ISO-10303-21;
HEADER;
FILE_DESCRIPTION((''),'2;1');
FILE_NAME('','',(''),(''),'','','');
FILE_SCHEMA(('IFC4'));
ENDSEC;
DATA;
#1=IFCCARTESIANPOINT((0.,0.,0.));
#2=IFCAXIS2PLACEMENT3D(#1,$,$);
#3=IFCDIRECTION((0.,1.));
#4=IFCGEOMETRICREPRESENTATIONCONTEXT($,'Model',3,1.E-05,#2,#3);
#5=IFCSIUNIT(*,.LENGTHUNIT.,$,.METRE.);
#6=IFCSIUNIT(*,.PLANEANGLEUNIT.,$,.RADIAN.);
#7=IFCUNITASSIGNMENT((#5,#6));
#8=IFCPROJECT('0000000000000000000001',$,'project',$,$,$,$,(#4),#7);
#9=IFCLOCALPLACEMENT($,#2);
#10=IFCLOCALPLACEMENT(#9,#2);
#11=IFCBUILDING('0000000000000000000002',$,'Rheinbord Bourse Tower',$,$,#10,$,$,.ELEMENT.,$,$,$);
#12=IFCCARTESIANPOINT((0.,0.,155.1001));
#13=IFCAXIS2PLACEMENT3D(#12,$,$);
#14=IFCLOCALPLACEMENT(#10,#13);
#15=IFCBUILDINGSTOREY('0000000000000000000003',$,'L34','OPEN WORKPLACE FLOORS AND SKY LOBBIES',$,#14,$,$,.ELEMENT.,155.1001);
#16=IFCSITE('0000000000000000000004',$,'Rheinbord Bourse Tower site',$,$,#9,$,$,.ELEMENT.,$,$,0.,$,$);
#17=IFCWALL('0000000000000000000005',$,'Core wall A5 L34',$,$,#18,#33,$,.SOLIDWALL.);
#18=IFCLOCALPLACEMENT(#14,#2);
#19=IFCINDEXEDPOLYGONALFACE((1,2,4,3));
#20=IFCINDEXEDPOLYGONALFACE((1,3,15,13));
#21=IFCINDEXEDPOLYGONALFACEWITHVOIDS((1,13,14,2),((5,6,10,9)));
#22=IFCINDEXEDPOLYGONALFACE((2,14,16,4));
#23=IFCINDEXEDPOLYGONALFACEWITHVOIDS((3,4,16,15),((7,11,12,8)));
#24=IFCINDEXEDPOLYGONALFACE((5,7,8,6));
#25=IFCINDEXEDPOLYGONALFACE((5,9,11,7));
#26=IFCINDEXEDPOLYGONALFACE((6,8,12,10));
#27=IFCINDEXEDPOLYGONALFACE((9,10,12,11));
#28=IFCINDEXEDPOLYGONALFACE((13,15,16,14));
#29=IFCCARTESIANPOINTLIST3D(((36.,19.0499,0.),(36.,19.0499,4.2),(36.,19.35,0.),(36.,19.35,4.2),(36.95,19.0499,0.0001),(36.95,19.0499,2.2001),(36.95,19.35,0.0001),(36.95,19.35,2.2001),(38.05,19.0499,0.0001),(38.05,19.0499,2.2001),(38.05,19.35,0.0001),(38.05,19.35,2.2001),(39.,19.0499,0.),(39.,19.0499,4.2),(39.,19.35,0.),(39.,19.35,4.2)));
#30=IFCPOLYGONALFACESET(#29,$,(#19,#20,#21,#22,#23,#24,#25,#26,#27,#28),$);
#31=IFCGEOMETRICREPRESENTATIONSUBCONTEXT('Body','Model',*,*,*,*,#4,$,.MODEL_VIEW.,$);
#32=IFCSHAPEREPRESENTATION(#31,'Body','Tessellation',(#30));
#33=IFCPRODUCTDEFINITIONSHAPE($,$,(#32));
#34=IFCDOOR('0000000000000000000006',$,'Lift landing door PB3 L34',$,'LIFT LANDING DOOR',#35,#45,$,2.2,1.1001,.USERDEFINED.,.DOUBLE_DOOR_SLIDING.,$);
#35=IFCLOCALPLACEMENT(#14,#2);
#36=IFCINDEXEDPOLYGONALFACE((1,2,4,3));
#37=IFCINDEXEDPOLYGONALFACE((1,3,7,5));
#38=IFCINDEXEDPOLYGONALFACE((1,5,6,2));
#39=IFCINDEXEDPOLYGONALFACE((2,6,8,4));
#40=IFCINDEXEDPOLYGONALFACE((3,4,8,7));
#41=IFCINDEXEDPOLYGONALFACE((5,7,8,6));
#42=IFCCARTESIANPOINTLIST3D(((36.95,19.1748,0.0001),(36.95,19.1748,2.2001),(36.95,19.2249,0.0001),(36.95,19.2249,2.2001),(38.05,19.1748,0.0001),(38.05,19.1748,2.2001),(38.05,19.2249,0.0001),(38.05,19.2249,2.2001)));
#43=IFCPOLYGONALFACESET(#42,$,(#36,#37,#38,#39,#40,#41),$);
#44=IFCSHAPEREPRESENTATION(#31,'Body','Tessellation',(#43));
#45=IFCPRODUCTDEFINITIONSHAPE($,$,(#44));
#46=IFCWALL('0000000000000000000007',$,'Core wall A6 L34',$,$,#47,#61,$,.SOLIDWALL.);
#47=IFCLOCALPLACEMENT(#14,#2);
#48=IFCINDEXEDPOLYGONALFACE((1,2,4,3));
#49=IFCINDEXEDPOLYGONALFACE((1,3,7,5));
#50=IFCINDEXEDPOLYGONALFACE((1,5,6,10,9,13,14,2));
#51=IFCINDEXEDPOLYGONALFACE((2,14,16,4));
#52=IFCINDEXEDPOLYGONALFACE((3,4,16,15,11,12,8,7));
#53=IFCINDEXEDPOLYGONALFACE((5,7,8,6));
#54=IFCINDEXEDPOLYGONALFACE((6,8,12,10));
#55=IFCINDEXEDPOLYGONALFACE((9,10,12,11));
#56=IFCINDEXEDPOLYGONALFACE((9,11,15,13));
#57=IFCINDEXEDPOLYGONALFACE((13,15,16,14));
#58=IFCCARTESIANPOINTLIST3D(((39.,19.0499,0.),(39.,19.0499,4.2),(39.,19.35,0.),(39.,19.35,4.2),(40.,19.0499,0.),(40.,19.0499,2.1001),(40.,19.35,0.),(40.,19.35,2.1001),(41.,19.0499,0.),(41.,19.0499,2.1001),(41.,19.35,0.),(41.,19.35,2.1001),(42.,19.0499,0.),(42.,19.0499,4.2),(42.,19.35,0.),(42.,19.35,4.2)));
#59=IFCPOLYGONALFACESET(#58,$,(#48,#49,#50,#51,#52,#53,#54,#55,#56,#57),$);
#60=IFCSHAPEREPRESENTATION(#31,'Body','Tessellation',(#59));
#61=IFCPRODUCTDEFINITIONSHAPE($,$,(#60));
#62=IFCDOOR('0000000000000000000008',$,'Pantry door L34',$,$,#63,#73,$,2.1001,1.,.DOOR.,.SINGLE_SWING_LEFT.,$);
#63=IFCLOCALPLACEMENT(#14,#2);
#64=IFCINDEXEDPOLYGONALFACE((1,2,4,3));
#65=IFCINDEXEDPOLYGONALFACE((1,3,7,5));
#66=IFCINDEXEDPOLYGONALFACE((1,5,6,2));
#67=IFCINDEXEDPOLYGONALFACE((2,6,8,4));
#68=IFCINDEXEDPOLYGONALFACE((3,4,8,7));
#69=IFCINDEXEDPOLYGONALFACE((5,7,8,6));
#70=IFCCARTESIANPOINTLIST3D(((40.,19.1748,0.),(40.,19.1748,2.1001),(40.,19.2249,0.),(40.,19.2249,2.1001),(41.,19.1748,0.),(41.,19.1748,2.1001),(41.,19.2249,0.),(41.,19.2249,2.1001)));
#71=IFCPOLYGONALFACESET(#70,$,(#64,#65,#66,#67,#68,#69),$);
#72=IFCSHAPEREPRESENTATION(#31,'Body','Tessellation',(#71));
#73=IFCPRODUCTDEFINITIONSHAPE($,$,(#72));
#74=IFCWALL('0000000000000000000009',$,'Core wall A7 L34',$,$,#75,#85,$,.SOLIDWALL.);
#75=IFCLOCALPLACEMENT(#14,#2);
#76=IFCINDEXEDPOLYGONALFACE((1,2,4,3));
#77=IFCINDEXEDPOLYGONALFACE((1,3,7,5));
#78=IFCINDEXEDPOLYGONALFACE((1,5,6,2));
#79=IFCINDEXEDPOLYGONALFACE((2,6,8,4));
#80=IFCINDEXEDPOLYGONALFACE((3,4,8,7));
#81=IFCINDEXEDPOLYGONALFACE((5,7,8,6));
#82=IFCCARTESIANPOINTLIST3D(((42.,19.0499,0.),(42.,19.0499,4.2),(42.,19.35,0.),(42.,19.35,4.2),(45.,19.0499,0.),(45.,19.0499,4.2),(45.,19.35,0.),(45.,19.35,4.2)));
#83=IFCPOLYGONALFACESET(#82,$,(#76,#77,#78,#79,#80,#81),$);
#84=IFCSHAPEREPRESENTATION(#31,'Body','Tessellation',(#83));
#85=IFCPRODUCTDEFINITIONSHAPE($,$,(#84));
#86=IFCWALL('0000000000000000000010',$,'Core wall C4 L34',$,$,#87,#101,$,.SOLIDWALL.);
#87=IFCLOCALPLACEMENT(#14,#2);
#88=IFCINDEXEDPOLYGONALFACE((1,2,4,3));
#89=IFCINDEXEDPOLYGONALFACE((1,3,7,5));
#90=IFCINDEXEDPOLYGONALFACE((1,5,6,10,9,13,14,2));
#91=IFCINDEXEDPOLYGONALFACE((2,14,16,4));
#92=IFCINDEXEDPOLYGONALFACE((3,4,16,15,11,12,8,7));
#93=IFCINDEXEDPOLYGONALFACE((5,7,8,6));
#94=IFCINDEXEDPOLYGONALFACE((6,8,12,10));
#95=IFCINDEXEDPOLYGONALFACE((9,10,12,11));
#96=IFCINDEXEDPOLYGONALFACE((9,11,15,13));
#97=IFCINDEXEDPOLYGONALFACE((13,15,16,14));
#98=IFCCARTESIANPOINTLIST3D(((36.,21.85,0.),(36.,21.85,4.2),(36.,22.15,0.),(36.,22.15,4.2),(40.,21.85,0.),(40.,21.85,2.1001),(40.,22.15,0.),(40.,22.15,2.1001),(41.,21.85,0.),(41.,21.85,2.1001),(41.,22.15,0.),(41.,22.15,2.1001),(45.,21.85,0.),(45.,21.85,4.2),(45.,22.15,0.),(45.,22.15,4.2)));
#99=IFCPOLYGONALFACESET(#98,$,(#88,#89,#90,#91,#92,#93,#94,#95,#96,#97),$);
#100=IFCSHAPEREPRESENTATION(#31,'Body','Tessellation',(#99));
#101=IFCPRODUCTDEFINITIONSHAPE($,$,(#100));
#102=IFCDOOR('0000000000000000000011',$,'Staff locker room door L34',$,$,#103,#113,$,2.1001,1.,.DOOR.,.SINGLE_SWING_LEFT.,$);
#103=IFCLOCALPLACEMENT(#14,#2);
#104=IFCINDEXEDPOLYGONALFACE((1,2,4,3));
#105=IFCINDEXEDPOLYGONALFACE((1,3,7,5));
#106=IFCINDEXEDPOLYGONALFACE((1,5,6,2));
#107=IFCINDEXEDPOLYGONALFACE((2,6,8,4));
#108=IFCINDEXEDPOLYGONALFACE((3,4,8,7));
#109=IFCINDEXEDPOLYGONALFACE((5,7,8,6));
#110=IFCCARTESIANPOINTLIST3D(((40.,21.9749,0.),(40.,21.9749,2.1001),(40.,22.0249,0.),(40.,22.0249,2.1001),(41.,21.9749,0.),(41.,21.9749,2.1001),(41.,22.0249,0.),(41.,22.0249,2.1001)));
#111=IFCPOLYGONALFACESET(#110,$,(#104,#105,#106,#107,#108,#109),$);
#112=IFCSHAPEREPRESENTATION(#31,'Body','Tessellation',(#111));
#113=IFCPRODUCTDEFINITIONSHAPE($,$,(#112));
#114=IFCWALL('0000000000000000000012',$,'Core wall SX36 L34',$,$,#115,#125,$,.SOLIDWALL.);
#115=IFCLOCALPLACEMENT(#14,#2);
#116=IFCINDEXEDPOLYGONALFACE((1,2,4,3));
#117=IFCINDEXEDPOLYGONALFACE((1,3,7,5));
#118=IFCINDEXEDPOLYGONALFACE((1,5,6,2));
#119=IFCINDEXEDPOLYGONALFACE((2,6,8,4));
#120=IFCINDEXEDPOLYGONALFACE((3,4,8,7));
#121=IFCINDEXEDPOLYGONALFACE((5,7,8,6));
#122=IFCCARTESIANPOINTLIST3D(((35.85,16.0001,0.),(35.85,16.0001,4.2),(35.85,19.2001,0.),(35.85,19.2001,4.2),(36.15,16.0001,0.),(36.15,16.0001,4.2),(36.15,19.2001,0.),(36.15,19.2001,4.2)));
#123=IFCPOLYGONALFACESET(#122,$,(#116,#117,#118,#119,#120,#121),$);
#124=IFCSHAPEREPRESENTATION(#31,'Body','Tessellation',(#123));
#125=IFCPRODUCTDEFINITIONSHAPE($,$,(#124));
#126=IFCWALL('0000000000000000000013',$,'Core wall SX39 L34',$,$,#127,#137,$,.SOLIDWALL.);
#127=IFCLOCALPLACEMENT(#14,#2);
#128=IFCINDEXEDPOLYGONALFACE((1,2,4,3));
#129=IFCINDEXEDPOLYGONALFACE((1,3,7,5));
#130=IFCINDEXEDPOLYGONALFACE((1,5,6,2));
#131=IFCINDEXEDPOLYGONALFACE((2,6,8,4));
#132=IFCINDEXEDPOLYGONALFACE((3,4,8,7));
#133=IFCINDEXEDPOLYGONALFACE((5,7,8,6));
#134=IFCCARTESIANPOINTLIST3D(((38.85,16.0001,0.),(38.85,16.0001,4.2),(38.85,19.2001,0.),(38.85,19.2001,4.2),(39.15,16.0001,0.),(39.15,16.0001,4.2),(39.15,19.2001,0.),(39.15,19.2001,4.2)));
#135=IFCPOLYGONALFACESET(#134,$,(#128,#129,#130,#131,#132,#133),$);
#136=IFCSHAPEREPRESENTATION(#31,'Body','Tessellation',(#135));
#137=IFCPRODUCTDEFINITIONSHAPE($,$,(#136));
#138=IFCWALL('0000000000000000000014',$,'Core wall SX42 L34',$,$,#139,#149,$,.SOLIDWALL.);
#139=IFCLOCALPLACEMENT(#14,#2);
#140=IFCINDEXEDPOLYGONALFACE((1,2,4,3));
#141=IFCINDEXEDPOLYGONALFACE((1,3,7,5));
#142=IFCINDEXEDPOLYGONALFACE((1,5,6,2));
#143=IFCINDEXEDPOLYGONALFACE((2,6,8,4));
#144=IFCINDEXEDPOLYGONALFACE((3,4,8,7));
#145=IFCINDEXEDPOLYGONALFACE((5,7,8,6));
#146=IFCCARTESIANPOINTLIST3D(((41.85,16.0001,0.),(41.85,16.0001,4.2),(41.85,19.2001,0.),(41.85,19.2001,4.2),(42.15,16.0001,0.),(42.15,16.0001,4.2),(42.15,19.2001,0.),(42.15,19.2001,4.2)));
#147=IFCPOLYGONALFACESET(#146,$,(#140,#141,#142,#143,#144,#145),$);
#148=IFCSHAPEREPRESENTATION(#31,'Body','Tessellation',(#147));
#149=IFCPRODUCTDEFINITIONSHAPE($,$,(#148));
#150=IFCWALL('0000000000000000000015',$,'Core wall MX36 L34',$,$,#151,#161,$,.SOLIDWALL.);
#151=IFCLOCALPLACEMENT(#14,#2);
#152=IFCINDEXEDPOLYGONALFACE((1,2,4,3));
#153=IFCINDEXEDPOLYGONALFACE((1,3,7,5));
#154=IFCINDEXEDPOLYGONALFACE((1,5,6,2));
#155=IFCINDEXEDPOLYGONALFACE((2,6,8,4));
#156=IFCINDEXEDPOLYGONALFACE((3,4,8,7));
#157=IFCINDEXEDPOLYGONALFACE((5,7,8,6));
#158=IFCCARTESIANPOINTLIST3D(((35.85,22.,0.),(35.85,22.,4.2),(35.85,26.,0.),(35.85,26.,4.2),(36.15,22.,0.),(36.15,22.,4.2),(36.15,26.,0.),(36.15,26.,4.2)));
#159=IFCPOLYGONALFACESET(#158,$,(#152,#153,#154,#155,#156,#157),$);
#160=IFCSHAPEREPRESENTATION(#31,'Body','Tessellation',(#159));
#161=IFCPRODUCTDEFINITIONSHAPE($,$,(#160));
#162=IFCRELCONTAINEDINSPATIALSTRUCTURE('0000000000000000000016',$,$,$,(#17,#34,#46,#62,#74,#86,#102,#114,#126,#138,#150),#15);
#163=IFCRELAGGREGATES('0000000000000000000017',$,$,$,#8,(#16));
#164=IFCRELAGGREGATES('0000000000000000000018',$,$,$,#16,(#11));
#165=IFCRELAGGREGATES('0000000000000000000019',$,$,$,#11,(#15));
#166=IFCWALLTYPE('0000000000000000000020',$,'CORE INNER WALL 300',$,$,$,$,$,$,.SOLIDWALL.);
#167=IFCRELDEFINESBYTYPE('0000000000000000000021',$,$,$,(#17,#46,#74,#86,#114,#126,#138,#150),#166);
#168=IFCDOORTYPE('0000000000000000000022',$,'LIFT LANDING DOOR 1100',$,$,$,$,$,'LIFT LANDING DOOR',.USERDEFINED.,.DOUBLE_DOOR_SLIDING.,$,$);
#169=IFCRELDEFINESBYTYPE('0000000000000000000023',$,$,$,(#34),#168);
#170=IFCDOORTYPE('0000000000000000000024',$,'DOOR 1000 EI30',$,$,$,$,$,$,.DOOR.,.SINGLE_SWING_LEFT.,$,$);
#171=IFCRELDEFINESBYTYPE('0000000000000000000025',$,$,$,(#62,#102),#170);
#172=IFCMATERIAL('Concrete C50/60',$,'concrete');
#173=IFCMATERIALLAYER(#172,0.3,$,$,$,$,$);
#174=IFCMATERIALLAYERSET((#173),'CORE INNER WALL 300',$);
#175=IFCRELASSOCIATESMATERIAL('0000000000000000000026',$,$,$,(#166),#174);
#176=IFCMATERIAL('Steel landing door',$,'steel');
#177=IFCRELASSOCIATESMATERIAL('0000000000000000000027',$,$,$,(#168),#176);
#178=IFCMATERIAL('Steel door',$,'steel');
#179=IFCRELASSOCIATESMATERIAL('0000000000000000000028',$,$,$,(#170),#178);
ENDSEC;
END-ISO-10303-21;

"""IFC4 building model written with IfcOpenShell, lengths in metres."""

from ifc_helpers import new_model, si_unit, direction, frame, frame_2d, origin, place, context, subcontext, project, spatial, rectangle, extrude, material, layer, layer_set, type_object, element, fill, save


model = new_model("IFC4")

# Units and contexts
model_context = context("Model", 3, precision=1e-05, world=origin(), true_north=direction((0.0, 1.0)))
body_context = subcontext(model_context, "Body", "Model", "MODEL_VIEW")
ifc_project = project(units=[si_unit("LENGTHUNIT", "METRE"), si_unit("PLANEANGLEUNIT", "RADIAN")], contexts=[model_context])

# Site, building, storey
site_placement = place(None, origin())
site = spatial("IfcSite", under=ifc_project, at=site_placement, Name="Rheinbord Bourse Tower site", CompositionType="ELEMENT", RefElevation=0.0)
building_placement = place(site_placement, origin())
building = spatial("IfcBuilding", under=site, at=building_placement, Name="Rheinbord Bourse Tower", CompositionType="ELEMENT")
storey_placement = place(building_placement, frame((0.0, 0.0, 155.1001)))
storey = spatial("IfcBuildingStorey", under=building, at=storey_placement, Name="L34", Description="OPEN WORKPLACE FLOORS AND SKY LOBBIES", CompositionType="ELEMENT", Elevation=155.1001)

# Walls, openings, doors
ifc_material_1 = material(Name="Concrete C50/60", Category="concrete")
ifc_layer_1 = layer(ifc_material_1, 0.3)
ifc_layer_set_1 = layer_set([ifc_layer_1], Name="CORE INNER WALL 300")
wall_type_1 = type_object("IfcWallType", Name="CORE INNER WALL 300", PredefinedType="SOLIDWALL", material=ifc_layer_set_1)
wall_1_placement = place(storey_placement, frame((36.0, 19.2, 0.0), z_axis=(0.0, 0.0, 1.0), x_axis=(1.0, 0.0, 0.0)))
wall_1 = element("IfcWall", 1, at=wall_1_placement, inside=storey, type_object=wall_type_1, Name="Core wall A5 L34", PredefinedType="SOLIDWALL", context=body_context, shape_type="SweptSolid", body=[
    extrude(rectangle(XDim=3.0, YDim=0.3, at=frame_2d((1.5, 0.0))), origin(), (0.0, 0.0, 1.0), 4.2),
])
opening_1_placement = place(wall_1_placement, frame((0.95, 0.0, 0.0)))
opening_1 = element("IfcOpeningElement", 2, at=opening_1_placement, cuts=wall_1, PredefinedType="OPENING", context=body_context, shape_type="SweptSolid", body=[
    extrude(rectangle(XDim=1.1001, YDim=2.2, at=frame_2d((0.55, 1.1001))), frame((0.0, 0.1599, 0.0), z_axis=(0.0, -1.0, 0.0), x_axis=(1.0, 0.0, 0.0)), (0.0, 0.0, 1.0), 0.3201),
])
ifc_material_2 = material(Name="Steel landing door", Category="steel")
door_type_1 = type_object("IfcDoorType", Name="LIFT LANDING DOOR 1100", ElementType="LIFT LANDING DOOR", OperationType="DOUBLE_DOOR_SLIDING", PredefinedType="USERDEFINED", material=ifc_material_2)
door_1_placement = place(opening_1_placement, origin())
door_1 = element("IfcDoor", 3, at=door_1_placement, inside=storey, type_object=door_type_1, Name="Lift landing door PB3 L34", ObjectType="LIFT LANDING DOOR", OperationType="DOUBLE_DOOR_SLIDING", OverallHeight=2.2, OverallWidth=1.1001, PredefinedType="USERDEFINED", context=body_context, shape_type="SweptSolid", body=[
    extrude(rectangle(XDim=1.1001, YDim=2.2, at=frame_2d((0.55, 1.1001))), frame((0.0, 0.0249, 0.0), z_axis=(0.0, -1.0, 0.0), x_axis=(1.0, 0.0, 0.0)), (0.0, 0.0, 1.0), 0.05),
])
fill(opening_1, door_1)
wall_2_placement = place(storey_placement, frame((39.0, 19.2, 0.0), z_axis=(0.0, 0.0, 1.0), x_axis=(1.0, 0.0, 0.0)))
wall_2 = element("IfcWall", 4, at=wall_2_placement, inside=storey, type_object=wall_type_1, Name="Core wall A6 L34", PredefinedType="SOLIDWALL", context=body_context, shape_type="SweptSolid", body=[
    extrude(rectangle(XDim=3.0, YDim=0.3, at=frame_2d((1.5, 0.0))), origin(), (0.0, 0.0, 1.0), 4.2),
])
opening_2_placement = place(wall_2_placement, frame((1.0, 0.0, 0.0)))
opening_2 = element("IfcOpeningElement", 5, at=opening_2_placement, cuts=wall_2, PredefinedType="OPENING", context=body_context, shape_type="SweptSolid", body=[
    extrude(rectangle(XDim=1.0, YDim=2.1001, at=frame_2d((0.5, 1.05))), frame((0.0, 0.1599, 0.0), z_axis=(0.0, -1.0, 0.0), x_axis=(1.0, 0.0, 0.0)), (0.0, 0.0, 1.0), 0.3201),
])
ifc_material_3 = material(Name="Steel door", Category="steel")
door_type_2 = type_object("IfcDoorType", Name="DOOR 1000 EI30", OperationType="SINGLE_SWING_LEFT", PredefinedType="DOOR", material=ifc_material_3)
door_2_placement = place(opening_2_placement, origin())
door_2 = element("IfcDoor", 6, at=door_2_placement, inside=storey, type_object=door_type_2, Name="Pantry door L34", OperationType="SINGLE_SWING_LEFT", OverallHeight=2.1001, OverallWidth=1.0, PredefinedType="DOOR", context=body_context, shape_type="SweptSolid", body=[
    extrude(rectangle(XDim=1.0, YDim=2.1001, at=frame_2d((0.5, 1.05))), frame((0.0, 0.0249, 0.0), z_axis=(0.0, -1.0, 0.0), x_axis=(1.0, 0.0, 0.0)), (0.0, 0.0, 1.0), 0.05),
])
fill(opening_2, door_2)

# Wall
wall_3_placement = place(storey_placement, frame((42.0, 19.2, 0.0), z_axis=(0.0, 0.0, 1.0), x_axis=(1.0, 0.0, 0.0)))
element("IfcWall", 7, at=wall_3_placement, inside=storey, type_object=wall_type_1, Name="Core wall A7 L34", PredefinedType="SOLIDWALL", context=body_context, shape_type="SweptSolid", body=[
    extrude(rectangle(XDim=3.0, YDim=0.3, at=frame_2d((1.5, 0.0))), origin(), (0.0, 0.0, 1.0), 4.2),
])

# Wall, opening, door
wall_4_placement = place(storey_placement, frame((36.0, 22.0, 0.0), z_axis=(0.0, 0.0, 1.0), x_axis=(1.0, 0.0, 0.0)))
wall_4 = element("IfcWall", 8, at=wall_4_placement, inside=storey, type_object=wall_type_1, Name="Core wall C4 L34", PredefinedType="SOLIDWALL", context=body_context, shape_type="SweptSolid", body=[
    extrude(rectangle(XDim=9.0, YDim=0.3, at=frame_2d((4.5, 0.0))), origin(), (0.0, 0.0, 1.0), 4.2),
])
opening_3_placement = place(wall_4_placement, frame((4.0, 0.0, 0.0)))
opening_3 = element("IfcOpeningElement", 9, at=opening_3_placement, cuts=wall_4, PredefinedType="OPENING", context=body_context, shape_type="SweptSolid", body=[
    extrude(rectangle(XDim=1.0, YDim=2.1001, at=frame_2d((0.5, 1.05))), frame((0.0, 0.1599, 0.0), z_axis=(0.0, -1.0, 0.0), x_axis=(1.0, 0.0, 0.0)), (0.0, 0.0, 1.0), 0.3201),
])
door_3_placement = place(opening_3_placement, origin())
door_3 = element("IfcDoor", 10, at=door_3_placement, inside=storey, type_object=door_type_2, Name="Staff locker room door L34", OperationType="SINGLE_SWING_LEFT", OverallHeight=2.1001, OverallWidth=1.0, PredefinedType="DOOR", context=body_context, shape_type="SweptSolid", body=[
    extrude(rectangle(XDim=1.0, YDim=2.1001, at=frame_2d((0.5, 1.05))), frame((0.0, 0.0249, 0.0), z_axis=(0.0, -1.0, 0.0), x_axis=(1.0, 0.0, 0.0)), (0.0, 0.0, 1.0), 0.05),
])
fill(opening_3, door_3)

# Walls
for number, where, z_axis, x_axis, name in (
    (11, (36.0, 16.0, 0.0), (0.0, 0.0, 1.0), (0.0, 1.0, 0.0), "Core wall SX36 L34"),
    (12, (39.0, 16.0, 0.0), (0.0, 0.0, 1.0), (0.0, 1.0, 0.0), "Core wall SX39 L34"),
    (13, (42.0, 16.0, 0.0), (0.0, 0.0, 1.0), (0.0, 1.0, 0.0), "Core wall SX42 L34"),
):
    element("IfcWall", number, at=place(storey_placement, frame(where, z_axis=z_axis, x_axis=x_axis)), inside=storey, type_object=wall_type_1, Name=name, PredefinedType="SOLIDWALL", context=body_context, shape_type="SweptSolid", body=[
        extrude(rectangle(XDim=3.2, YDim=0.3, at=frame_2d((1.6001, 0.0))), origin(), (0.0, 0.0, 1.0), 4.2),
    ])
wall_5_placement = place(storey_placement, frame((36.0, 22.0, 0.0), z_axis=(0.0, 0.0, 1.0), x_axis=(0.0, 1.0, 0.0)))
element("IfcWall", 14, at=wall_5_placement, inside=storey, type_object=wall_type_1, Name="Core wall MX36 L34", PredefinedType="SOLIDWALL", context=body_context, shape_type="SweptSolid", body=[
    extrude(rectangle(XDim=4.0, YDim=0.3, at=frame_2d((2.0, 0.0))), origin(), (0.0, 0.0, 1.0), 4.2),
])

save(model, "model.ifc")
